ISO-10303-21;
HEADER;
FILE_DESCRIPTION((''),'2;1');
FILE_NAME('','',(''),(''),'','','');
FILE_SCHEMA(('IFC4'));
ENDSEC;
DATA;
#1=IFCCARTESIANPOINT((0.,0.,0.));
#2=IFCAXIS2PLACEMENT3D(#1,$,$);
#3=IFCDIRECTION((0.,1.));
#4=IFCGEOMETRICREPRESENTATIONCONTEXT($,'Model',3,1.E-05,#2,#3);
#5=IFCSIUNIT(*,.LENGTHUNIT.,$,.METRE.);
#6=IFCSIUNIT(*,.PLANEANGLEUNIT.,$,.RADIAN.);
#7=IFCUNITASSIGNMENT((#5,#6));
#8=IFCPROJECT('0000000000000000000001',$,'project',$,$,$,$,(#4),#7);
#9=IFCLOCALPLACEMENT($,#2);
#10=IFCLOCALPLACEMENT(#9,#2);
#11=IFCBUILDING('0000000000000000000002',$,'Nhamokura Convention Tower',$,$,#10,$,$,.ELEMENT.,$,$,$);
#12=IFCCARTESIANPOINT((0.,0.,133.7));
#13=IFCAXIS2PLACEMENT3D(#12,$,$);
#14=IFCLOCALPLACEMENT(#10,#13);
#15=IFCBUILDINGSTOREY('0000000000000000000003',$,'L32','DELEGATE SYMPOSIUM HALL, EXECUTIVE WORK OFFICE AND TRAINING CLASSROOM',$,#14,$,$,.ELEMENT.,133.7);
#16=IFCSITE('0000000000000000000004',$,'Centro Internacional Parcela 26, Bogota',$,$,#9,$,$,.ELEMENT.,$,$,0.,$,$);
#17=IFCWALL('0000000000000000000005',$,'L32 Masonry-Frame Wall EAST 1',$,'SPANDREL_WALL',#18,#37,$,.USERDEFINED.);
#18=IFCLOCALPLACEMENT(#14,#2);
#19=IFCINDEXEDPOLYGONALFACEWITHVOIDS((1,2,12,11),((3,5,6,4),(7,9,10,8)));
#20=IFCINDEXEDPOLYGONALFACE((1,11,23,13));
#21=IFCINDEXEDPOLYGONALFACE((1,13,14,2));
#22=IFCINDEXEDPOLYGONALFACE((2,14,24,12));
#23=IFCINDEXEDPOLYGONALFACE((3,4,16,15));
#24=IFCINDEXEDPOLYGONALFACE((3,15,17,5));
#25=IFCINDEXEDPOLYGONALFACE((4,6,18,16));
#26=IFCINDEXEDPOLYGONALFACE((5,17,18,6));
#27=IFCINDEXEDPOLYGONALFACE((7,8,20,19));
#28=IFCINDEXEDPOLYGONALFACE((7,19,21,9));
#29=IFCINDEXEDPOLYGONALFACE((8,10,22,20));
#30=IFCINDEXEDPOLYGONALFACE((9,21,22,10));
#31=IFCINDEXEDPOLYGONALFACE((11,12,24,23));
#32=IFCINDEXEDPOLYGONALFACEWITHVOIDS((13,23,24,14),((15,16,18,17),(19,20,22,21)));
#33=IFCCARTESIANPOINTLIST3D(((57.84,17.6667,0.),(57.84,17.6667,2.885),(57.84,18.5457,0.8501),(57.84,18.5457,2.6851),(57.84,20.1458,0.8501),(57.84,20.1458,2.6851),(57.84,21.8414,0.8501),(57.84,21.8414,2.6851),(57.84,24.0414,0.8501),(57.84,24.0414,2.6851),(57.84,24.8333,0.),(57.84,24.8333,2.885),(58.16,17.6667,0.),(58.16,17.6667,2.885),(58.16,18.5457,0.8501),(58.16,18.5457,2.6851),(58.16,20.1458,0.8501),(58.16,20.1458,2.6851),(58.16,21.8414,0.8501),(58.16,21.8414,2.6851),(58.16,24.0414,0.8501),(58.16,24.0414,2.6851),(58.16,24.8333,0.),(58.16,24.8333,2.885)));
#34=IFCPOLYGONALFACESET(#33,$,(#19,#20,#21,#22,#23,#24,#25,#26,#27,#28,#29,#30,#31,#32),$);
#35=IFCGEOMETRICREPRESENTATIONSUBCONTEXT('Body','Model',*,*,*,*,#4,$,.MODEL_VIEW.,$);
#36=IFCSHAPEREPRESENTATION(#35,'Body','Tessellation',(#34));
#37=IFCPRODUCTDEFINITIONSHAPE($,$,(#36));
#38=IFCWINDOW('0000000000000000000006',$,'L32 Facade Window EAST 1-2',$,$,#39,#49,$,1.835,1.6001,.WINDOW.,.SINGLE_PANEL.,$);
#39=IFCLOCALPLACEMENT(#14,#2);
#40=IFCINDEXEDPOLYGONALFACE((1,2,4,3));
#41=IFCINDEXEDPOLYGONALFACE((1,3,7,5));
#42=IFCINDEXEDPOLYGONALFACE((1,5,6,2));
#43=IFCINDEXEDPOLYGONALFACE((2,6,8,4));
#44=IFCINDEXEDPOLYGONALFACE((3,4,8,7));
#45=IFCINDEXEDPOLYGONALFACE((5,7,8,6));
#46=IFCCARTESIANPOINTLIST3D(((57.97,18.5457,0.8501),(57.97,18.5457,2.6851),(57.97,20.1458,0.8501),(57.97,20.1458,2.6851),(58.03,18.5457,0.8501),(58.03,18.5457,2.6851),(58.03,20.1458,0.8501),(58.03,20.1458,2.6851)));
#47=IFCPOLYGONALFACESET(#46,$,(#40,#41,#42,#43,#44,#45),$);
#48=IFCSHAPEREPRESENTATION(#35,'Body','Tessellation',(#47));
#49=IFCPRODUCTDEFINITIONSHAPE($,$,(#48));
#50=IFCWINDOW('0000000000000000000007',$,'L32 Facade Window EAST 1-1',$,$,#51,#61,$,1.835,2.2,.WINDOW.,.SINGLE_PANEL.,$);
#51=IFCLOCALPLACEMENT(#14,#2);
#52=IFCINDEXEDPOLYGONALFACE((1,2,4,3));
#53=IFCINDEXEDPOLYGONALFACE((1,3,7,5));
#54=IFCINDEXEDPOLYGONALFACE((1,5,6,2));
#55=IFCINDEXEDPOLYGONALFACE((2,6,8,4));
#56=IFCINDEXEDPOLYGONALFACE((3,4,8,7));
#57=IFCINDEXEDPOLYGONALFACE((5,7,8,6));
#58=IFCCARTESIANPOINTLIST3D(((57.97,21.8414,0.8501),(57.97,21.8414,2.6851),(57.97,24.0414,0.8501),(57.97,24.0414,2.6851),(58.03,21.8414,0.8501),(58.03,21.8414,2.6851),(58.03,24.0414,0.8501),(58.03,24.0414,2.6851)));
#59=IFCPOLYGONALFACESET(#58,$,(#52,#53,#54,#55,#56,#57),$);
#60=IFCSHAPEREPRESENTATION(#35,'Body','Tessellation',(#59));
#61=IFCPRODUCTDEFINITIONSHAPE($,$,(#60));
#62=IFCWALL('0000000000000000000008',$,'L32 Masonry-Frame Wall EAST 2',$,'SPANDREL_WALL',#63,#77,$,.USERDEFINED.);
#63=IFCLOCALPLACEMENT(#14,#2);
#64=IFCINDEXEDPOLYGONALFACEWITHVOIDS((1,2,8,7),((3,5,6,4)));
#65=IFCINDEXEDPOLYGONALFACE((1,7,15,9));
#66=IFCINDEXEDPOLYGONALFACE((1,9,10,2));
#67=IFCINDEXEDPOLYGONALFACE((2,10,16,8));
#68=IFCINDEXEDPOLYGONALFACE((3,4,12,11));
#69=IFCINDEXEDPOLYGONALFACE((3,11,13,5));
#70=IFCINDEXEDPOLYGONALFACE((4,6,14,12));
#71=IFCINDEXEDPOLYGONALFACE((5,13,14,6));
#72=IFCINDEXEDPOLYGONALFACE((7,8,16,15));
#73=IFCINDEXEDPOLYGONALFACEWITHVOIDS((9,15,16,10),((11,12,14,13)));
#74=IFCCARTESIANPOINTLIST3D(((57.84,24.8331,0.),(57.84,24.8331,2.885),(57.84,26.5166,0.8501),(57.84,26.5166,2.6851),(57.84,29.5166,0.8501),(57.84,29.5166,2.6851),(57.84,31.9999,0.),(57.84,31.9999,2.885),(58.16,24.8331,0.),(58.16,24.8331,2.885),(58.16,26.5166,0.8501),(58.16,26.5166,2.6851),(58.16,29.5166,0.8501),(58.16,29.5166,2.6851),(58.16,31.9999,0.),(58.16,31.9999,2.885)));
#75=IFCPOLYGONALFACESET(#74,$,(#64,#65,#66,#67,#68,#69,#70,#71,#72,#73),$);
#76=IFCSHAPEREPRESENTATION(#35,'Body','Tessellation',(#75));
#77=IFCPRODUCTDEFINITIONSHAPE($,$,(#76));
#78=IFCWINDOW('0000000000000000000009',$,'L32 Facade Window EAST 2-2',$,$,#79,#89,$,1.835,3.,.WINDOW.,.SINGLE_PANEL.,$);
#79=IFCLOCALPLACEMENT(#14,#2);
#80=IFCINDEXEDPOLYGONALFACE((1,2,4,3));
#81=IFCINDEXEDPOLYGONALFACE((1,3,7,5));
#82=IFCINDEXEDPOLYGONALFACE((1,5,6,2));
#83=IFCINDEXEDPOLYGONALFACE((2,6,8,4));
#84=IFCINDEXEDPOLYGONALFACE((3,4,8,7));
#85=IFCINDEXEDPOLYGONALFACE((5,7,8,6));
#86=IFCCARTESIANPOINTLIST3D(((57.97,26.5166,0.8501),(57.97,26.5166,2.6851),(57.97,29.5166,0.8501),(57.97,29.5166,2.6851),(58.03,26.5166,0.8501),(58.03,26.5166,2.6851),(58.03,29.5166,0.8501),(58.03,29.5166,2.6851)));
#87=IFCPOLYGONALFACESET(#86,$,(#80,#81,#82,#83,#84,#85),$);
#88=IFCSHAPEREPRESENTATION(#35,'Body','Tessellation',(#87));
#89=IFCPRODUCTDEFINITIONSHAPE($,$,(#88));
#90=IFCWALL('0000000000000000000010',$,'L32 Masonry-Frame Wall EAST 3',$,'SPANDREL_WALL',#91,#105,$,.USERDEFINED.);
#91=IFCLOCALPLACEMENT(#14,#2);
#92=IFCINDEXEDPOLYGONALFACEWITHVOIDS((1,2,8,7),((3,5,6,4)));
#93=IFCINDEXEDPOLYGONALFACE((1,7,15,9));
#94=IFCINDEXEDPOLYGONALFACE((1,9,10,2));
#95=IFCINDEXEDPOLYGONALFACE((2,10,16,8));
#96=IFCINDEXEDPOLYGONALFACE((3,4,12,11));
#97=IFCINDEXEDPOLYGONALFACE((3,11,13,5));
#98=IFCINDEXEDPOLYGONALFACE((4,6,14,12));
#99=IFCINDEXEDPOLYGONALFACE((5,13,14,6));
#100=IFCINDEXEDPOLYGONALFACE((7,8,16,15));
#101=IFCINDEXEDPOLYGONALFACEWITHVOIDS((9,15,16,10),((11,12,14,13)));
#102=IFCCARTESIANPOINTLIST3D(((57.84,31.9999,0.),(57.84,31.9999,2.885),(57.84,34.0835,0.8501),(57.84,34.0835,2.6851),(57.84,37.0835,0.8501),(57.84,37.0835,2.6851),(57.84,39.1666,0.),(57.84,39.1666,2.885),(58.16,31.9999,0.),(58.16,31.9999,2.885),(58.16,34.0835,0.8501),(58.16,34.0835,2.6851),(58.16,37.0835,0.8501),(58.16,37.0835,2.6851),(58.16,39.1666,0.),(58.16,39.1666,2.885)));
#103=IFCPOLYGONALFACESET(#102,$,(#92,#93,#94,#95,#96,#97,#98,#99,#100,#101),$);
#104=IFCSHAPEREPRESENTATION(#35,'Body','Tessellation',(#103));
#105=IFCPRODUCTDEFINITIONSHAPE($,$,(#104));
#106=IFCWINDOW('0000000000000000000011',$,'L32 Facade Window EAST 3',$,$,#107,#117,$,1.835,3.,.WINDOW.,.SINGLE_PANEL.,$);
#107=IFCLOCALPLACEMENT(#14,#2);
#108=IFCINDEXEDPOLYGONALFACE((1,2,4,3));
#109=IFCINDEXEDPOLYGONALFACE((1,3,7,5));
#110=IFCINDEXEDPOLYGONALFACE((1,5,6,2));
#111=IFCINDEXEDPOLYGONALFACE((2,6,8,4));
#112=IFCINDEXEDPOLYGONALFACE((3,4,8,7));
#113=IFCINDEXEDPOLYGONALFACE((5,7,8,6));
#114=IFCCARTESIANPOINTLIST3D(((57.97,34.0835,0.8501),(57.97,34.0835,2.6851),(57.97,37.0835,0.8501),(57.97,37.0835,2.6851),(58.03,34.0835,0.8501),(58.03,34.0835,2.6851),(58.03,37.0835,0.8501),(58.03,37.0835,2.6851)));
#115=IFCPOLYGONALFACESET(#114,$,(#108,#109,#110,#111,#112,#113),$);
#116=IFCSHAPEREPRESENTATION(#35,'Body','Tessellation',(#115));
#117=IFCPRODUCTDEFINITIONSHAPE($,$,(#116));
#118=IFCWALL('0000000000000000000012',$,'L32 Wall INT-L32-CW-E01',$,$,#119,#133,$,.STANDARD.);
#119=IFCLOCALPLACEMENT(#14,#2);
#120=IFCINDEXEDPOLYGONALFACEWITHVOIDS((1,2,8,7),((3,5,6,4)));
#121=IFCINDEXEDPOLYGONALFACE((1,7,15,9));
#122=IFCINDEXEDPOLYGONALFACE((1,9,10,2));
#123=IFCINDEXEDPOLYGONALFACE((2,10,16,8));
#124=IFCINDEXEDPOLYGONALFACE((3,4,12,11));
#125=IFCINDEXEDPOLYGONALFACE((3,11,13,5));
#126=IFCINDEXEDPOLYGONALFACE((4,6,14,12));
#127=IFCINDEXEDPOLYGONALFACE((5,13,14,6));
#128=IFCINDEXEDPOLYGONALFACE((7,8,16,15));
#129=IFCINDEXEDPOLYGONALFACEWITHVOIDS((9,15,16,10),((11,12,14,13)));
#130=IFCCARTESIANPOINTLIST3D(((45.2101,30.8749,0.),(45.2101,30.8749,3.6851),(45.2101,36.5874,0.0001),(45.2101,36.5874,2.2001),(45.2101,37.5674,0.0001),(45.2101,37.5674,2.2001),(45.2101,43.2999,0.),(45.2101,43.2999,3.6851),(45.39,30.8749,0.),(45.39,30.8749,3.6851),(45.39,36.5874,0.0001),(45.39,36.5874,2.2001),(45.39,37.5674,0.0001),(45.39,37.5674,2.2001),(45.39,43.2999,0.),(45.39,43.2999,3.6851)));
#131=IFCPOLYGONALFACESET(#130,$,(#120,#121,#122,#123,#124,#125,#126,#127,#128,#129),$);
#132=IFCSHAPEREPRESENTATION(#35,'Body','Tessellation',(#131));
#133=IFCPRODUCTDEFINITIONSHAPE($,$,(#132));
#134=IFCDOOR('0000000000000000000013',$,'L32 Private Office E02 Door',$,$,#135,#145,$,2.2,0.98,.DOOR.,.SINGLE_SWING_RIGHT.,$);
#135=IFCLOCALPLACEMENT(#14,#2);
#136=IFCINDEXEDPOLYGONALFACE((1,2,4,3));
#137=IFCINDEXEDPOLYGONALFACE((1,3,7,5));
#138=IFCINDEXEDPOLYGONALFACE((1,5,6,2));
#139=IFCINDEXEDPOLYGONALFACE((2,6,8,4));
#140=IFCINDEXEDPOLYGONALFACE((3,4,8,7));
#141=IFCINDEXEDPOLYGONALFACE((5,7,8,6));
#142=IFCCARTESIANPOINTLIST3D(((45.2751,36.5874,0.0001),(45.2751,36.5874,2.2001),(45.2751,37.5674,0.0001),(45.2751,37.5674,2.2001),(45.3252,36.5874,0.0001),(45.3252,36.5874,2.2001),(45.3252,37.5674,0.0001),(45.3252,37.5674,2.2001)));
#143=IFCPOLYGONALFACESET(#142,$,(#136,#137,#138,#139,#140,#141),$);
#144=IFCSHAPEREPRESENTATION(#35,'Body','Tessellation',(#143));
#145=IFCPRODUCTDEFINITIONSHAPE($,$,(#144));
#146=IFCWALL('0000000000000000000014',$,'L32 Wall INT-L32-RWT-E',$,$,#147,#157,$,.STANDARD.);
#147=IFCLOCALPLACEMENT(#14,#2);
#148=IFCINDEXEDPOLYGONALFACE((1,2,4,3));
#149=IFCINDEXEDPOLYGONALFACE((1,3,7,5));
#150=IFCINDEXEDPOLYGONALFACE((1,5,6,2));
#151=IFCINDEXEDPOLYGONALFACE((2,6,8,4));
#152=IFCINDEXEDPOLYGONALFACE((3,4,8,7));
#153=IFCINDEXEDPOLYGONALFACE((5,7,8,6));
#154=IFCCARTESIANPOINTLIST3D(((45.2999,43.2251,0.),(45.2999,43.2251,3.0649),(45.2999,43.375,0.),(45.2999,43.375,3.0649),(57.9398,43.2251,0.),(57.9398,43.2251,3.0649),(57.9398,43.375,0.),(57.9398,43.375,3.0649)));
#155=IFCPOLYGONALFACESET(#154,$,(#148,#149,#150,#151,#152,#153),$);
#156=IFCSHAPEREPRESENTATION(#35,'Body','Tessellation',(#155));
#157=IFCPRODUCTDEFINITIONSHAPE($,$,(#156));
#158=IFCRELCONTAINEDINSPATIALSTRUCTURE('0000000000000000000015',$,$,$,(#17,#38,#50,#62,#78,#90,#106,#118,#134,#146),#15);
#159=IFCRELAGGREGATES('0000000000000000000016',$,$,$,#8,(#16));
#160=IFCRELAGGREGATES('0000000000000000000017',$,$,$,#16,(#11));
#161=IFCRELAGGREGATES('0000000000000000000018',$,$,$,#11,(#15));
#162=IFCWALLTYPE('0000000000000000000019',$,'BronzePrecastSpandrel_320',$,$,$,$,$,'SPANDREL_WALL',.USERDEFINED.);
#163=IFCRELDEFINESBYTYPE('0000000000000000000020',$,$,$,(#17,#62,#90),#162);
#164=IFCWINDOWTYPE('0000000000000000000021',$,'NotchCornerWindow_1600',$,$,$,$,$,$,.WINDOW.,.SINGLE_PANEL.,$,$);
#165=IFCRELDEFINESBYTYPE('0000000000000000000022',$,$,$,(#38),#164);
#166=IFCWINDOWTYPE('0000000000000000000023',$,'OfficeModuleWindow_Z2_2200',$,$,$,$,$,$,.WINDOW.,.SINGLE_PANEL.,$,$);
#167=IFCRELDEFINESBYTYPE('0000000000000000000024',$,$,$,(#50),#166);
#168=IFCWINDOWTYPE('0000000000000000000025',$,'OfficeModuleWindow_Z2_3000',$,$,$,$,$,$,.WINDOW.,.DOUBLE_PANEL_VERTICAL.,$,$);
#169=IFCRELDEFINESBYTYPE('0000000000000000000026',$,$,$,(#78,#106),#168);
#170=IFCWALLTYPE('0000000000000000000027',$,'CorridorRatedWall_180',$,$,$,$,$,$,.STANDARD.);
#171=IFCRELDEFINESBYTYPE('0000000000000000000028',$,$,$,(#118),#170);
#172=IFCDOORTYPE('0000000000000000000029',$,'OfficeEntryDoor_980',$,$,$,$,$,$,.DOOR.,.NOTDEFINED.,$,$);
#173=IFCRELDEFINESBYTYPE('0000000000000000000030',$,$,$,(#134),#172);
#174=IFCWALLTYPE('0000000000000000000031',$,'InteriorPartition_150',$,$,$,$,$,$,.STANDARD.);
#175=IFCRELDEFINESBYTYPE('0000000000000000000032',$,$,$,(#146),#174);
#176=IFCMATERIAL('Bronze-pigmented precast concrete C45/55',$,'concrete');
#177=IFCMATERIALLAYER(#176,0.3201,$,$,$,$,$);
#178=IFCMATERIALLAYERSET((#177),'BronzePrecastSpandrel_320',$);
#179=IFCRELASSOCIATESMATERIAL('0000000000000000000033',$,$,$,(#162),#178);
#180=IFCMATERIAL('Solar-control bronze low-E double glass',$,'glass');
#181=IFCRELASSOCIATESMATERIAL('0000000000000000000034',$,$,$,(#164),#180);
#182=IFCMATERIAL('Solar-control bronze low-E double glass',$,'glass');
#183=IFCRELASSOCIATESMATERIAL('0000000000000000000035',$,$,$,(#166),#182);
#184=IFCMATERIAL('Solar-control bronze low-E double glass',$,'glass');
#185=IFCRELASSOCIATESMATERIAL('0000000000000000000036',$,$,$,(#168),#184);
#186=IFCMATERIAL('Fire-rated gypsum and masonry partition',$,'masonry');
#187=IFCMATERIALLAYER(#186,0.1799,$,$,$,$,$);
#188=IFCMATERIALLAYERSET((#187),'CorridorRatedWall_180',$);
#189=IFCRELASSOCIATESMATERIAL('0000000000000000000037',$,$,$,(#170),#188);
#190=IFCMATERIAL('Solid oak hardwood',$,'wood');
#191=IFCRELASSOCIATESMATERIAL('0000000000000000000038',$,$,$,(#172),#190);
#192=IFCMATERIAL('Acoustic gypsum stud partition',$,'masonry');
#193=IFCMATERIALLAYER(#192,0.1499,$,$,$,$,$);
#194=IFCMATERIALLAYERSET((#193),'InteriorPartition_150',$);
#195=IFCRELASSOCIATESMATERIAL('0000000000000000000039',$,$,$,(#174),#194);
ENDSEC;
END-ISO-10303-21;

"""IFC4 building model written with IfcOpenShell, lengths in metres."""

from ifc_helpers import new_model, si_unit, direction, frame, frame_2d, origin, place, context, subcontext, project, spatial, rectangle, extrude, material, layer, layer_set, type_object, element, fill, save


model = new_model("IFC4")

# Units and contexts
model_context = context("Model", 3, precision=1e-05, world=origin(), true_north=direction((0.0, 1.0)))
body_context = subcontext(model_context, "Body", "Model", "MODEL_VIEW")
ifc_project = project(units=[si_unit("LENGTHUNIT", "METRE"), si_unit("PLANEANGLEUNIT", "RADIAN")], contexts=[model_context])

# Site, building, storey
site_placement = place(None, origin())
site = spatial("IfcSite", under=ifc_project, at=site_placement, Name="Centro Internacional Parcela 26, Bogota", CompositionType="ELEMENT", RefElevation=0.0)
building_placement = place(site_placement, origin())
building = spatial("IfcBuilding", under=site, at=building_placement, Name="Nhamokura Convention Tower", CompositionType="ELEMENT")
storey_placement = place(building_placement, frame((0.0, 0.0, 133.7)))
storey = spatial("IfcBuildingStorey", under=building, at=storey_placement, Name="L32", Description="DELEGATE SYMPOSIUM HALL, EXECUTIVE WORK OFFICE AND TRAINING CLASSROOM", CompositionType="ELEMENT", Elevation=133.7)

# Wall, openings, windows
ifc_material_1 = material(Name="Bronze-pigmented precast concrete C45/55", Category="concrete")
ifc_layer_1 = layer(ifc_material_1, 0.3201)
ifc_layer_set_1 = layer_set([ifc_layer_1], Name="BronzePrecastSpandrel_320")
wall_type_1 = type_object("IfcWallType", Name="BronzePrecastSpandrel_320", ElementType="SPANDREL_WALL", PredefinedType="USERDEFINED", material=ifc_layer_set_1)
wall_1_placement = place(storey_placement, frame((58.0, 24.8333, 0.0), z_axis=(0.0, 0.0, 1.0), x_axis=(0.0, -1.0, 0.0)))
wall_1 = element("IfcWall", 1, at=wall_1_placement, inside=storey, type_object=wall_type_1, Name="L32 Masonry-Frame Wall EAST 1", ObjectType="SPANDREL_WALL", PredefinedType="USERDEFINED", context=body_context, shape_type="SweptSolid", body=[
    extrude(rectangle(XDim=7.1665, YDim=0.3201, at=frame_2d((3.5833, 0.0))), origin(), (0.0, 0.0, 1.0), 2.885),
])
opening_1_placement = place(wall_1_placement, frame((0.7917, 0.0, 0.8501)))
opening_1 = element("IfcOpeningElement", 2, at=opening_1_placement, cuts=wall_1, PredefinedType="OPENING", context=body_context, shape_type="SweptSolid", body=[
    extrude(rectangle(XDim=2.2, YDim=1.835, at=frame_2d((1.1001, 0.9175))), frame((0.0, 0.1699, 0.0), z_axis=(0.0, -1.0, 0.0), x_axis=(1.0, 0.0, 0.0)), (0.0, 0.0, 1.0), 0.3401),
])
opening_2_placement = place(wall_1_placement, frame((4.6875, 0.0, 0.8501)))
opening_2 = element("IfcOpeningElement", 3, at=opening_2_placement, cuts=wall_1, PredefinedType="OPENING", context=body_context, shape_type="SweptSolid", body=[
    extrude(rectangle(XDim=1.6001, YDim=1.835, at=frame_2d((0.8, 0.9175))), frame((0.0, 0.1699, 0.0), z_axis=(0.0, -1.0, 0.0), x_axis=(1.0, 0.0, 0.0)), (0.0, 0.0, 1.0), 0.3401),
])
ifc_material_2 = material(Name="Solar-control bronze low-E double glass", Category="glass")
window_type_1 = type_object("IfcWindowType", Name="NotchCornerWindow_1600", PartitioningType="SINGLE_PANEL", PredefinedType="WINDOW", material=ifc_material_2)
window_1_placement = place(opening_2_placement, origin())
window_1 = element("IfcWindow", 4, at=window_1_placement, inside=storey, type_object=window_type_1, Name="L32 Facade Window EAST 1-2", OverallHeight=1.835, OverallWidth=1.6001, PartitioningType="SINGLE_PANEL", PredefinedType="WINDOW", context=body_context, shape_type="SweptSolid", body=[
    extrude(rectangle(XDim=1.6001, YDim=1.835, at=frame_2d((0.8, 0.9175))), frame((0.0, 0.03, 0.0), z_axis=(0.0, -1.0, 0.0), x_axis=(1.0, 0.0, 0.0)), (0.0, 0.0, 1.0), 0.0601),
])
fill(opening_2, window_1)
ifc_material_3 = material(Name="Solar-control bronze low-E double glass", Category="glass")
window_type_2 = type_object("IfcWindowType", Name="OfficeModuleWindow_Z2_2200", PartitioningType="SINGLE_PANEL", PredefinedType="WINDOW", material=ifc_material_3)
window_2_placement = place(opening_1_placement, origin())
window_2 = element("IfcWindow", 5, at=window_2_placement, inside=storey, type_object=window_type_2, Name="L32 Facade Window EAST 1-1", OverallHeight=1.835, OverallWidth=2.2, PartitioningType="SINGLE_PANEL", PredefinedType="WINDOW", context=body_context, shape_type="SweptSolid", body=[
    extrude(rectangle(XDim=2.2, YDim=1.835, at=frame_2d((1.1001, 0.9175))), frame((0.0, 0.03, 0.0), z_axis=(0.0, -1.0, 0.0), x_axis=(1.0, 0.0, 0.0)), (0.0, 0.0, 1.0), 0.0601),
])
fill(opening_1, window_2)

# Walls, openings, windows
wall_2_placement = place(storey_placement, frame((58.0, 32.0, 0.0), z_axis=(0.0, 0.0, 1.0), x_axis=(0.0, -1.0, 0.0)))
wall_2 = element("IfcWall", 6, at=wall_2_placement, inside=storey, type_object=wall_type_1, Name="L32 Masonry-Frame Wall EAST 2", ObjectType="SPANDREL_WALL", PredefinedType="USERDEFINED", context=body_context, shape_type="SweptSolid", body=[
    extrude(rectangle(XDim=7.1667, YDim=0.3201, at=frame_2d((3.5835, 0.0))), origin(), (0.0, 0.0, 1.0), 2.885),
])
opening_3_placement = place(wall_2_placement, frame((2.4834, 0.0, 0.8501)))
opening_3 = element("IfcOpeningElement", 7, at=opening_3_placement, cuts=wall_2, PredefinedType="OPENING", context=body_context, shape_type="SweptSolid", body=[
    extrude(rectangle(XDim=3.0, YDim=1.835, at=frame_2d((1.5, 0.9175))), frame((0.0, 0.1699, 0.0), z_axis=(0.0, -1.0, 0.0), x_axis=(1.0, 0.0, 0.0)), (0.0, 0.0, 1.0), 0.3401),
])
ifc_material_4 = material(Name="Solar-control bronze low-E double glass", Category="glass")
window_type_3 = type_object("IfcWindowType", Name="OfficeModuleWindow_Z2_3000", PartitioningType="DOUBLE_PANEL_VERTICAL", PredefinedType="WINDOW", material=ifc_material_4)
window_3_placement = place(opening_3_placement, origin())
window_3 = element("IfcWindow", 8, at=window_3_placement, inside=storey, type_object=window_type_3, Name="L32 Facade Window EAST 2-2", OverallHeight=1.835, OverallWidth=3.0, PartitioningType="SINGLE_PANEL", PredefinedType="WINDOW", context=body_context, shape_type="SweptSolid", body=[
    extrude(rectangle(XDim=3.0, YDim=1.835, at=frame_2d((1.5, 0.9175))), frame((0.0, 0.03, 0.0), z_axis=(0.0, -1.0, 0.0), x_axis=(1.0, 0.0, 0.0)), (0.0, 0.0, 1.0), 0.0601),
])
fill(opening_3, window_3)
wall_3_placement = place(storey_placement, frame((58.0, 39.1667, 0.0), z_axis=(0.0, 0.0, 1.0), x_axis=(0.0, -1.0, 0.0)))
wall_3 = element("IfcWall", 9, at=wall_3_placement, inside=storey, type_object=wall_type_1, Name="L32 Masonry-Frame Wall EAST 3", ObjectType="SPANDREL_WALL", PredefinedType="USERDEFINED", context=body_context, shape_type="SweptSolid", body=[
    extrude(rectangle(XDim=7.1667, YDim=0.3201, at=frame_2d((3.5835, 0.0))), origin(), (0.0, 0.0, 1.0), 2.885),
])
opening_4_placement = place(wall_3_placement, frame((2.0833, 0.0, 0.8501)))
opening_4 = element("IfcOpeningElement", 10, at=opening_4_placement, cuts=wall_3, PredefinedType="OPENING", context=body_context, shape_type="SweptSolid", body=[
    extrude(rectangle(XDim=3.0, YDim=1.835, at=frame_2d((1.5, 0.9175))), frame((0.0, 0.1699, 0.0), z_axis=(0.0, -1.0, 0.0), x_axis=(1.0, 0.0, 0.0)), (0.0, 0.0, 1.0), 0.3401),
])
window_4_placement = place(opening_4_placement, origin())
window_4 = element("IfcWindow", 11, at=window_4_placement, inside=storey, type_object=window_type_3, Name="L32 Facade Window EAST 3", OverallHeight=1.835, OverallWidth=3.0, PartitioningType="SINGLE_PANEL", PredefinedType="WINDOW", context=body_context, shape_type="SweptSolid", body=[
    extrude(rectangle(XDim=3.0, YDim=1.835, at=frame_2d((1.5, 0.9175))), frame((0.0, 0.03, 0.0), z_axis=(0.0, -1.0, 0.0), x_axis=(1.0, 0.0, 0.0)), (0.0, 0.0, 1.0), 0.0601),
])
fill(opening_4, window_4)

# Wall, opening, door
ifc_material_5 = material(Name="Fire-rated gypsum and masonry partition", Category="masonry")
ifc_layer_2 = layer(ifc_material_5, 0.1799)
ifc_layer_set_2 = layer_set([ifc_layer_2], Name="CorridorRatedWall_180")
wall_type_2 = type_object("IfcWallType", Name="CorridorRatedWall_180", PredefinedType="STANDARD", material=ifc_layer_set_2)
wall_4_placement = place(storey_placement, frame((45.3, 30.875, 0.0), z_axis=(0.0, 0.0, 1.0), x_axis=(0.0, 1.0, 0.0)))
wall_4 = element("IfcWall", 12, at=wall_4_placement, inside=storey, type_object=wall_type_2, Name="L32 Wall INT-L32-CW-E01", PredefinedType="STANDARD", context=body_context, shape_type="SweptSolid", body=[
    extrude(rectangle(XDim=12.425, YDim=0.1799, at=frame_2d((6.2124, 0.0))), origin(), (0.0, 0.0, 1.0), 3.6851),
])
opening_5_placement = place(wall_4_placement, frame((5.7124, 0.0, 0.0)))
opening_5 = element("IfcOpeningElement", 13, at=opening_5_placement, cuts=wall_4, PredefinedType="OPENING", context=body_context, shape_type="SweptSolid", body=[
    extrude(rectangle(XDim=0.98, YDim=2.2, at=frame_2d((0.49, 1.1001))), frame((0.0, 0.0999, 0.0), z_axis=(0.0, -1.0, 0.0), x_axis=(1.0, 0.0, 0.0)), (0.0, 0.0, 1.0), 0.2),
])
ifc_material_6 = material(Name="Solid oak hardwood", Category="wood")
door_type = type_object("IfcDoorType", Name="OfficeEntryDoor_980", OperationType="NOTDEFINED", PredefinedType="DOOR", material=ifc_material_6)
door_placement = place(opening_5_placement, origin())
door = element("IfcDoor", 14, at=door_placement, inside=storey, type_object=door_type, Name="L32 Private Office E02 Door", OperationType="SINGLE_SWING_RIGHT", OverallHeight=2.2, OverallWidth=0.98, PredefinedType="DOOR", context=body_context, shape_type="SweptSolid", body=[
    extrude(rectangle(XDim=0.98, YDim=2.2, at=frame_2d((0.49, 1.1001))), frame((0.0, 0.0249, 0.0), z_axis=(0.0, -1.0, 0.0), x_axis=(1.0, 0.0, 0.0)), (0.0, 0.0, 1.0), 0.05),
])
fill(opening_5, door)

# Wall
ifc_material_7 = material(Name="Acoustic gypsum stud partition", Category="masonry")
ifc_layer_3 = layer(ifc_material_7, 0.1499)
ifc_layer_set_3 = layer_set([ifc_layer_3], Name="InteriorPartition_150")
wall_type_3 = type_object("IfcWallType", Name="InteriorPartition_150", PredefinedType="STANDARD", material=ifc_layer_set_3)
wall_5_placement = place(storey_placement, frame((45.3, 43.3, 0.0), z_axis=(0.0, 0.0, 1.0), x_axis=(1.0, 0.0, 0.0)))
element("IfcWall", 15, at=wall_5_placement, inside=storey, type_object=wall_type_3, Name="L32 Wall INT-L32-RWT-E", PredefinedType="STANDARD", context=body_context, shape_type="SweptSolid", body=[
    extrude(rectangle(XDim=12.6399, YDim=0.1499, at=frame_2d((6.3198, 0.0))), origin(), (0.0, 0.0, 1.0), 3.0649),
])

save(model, "model.ifc")
